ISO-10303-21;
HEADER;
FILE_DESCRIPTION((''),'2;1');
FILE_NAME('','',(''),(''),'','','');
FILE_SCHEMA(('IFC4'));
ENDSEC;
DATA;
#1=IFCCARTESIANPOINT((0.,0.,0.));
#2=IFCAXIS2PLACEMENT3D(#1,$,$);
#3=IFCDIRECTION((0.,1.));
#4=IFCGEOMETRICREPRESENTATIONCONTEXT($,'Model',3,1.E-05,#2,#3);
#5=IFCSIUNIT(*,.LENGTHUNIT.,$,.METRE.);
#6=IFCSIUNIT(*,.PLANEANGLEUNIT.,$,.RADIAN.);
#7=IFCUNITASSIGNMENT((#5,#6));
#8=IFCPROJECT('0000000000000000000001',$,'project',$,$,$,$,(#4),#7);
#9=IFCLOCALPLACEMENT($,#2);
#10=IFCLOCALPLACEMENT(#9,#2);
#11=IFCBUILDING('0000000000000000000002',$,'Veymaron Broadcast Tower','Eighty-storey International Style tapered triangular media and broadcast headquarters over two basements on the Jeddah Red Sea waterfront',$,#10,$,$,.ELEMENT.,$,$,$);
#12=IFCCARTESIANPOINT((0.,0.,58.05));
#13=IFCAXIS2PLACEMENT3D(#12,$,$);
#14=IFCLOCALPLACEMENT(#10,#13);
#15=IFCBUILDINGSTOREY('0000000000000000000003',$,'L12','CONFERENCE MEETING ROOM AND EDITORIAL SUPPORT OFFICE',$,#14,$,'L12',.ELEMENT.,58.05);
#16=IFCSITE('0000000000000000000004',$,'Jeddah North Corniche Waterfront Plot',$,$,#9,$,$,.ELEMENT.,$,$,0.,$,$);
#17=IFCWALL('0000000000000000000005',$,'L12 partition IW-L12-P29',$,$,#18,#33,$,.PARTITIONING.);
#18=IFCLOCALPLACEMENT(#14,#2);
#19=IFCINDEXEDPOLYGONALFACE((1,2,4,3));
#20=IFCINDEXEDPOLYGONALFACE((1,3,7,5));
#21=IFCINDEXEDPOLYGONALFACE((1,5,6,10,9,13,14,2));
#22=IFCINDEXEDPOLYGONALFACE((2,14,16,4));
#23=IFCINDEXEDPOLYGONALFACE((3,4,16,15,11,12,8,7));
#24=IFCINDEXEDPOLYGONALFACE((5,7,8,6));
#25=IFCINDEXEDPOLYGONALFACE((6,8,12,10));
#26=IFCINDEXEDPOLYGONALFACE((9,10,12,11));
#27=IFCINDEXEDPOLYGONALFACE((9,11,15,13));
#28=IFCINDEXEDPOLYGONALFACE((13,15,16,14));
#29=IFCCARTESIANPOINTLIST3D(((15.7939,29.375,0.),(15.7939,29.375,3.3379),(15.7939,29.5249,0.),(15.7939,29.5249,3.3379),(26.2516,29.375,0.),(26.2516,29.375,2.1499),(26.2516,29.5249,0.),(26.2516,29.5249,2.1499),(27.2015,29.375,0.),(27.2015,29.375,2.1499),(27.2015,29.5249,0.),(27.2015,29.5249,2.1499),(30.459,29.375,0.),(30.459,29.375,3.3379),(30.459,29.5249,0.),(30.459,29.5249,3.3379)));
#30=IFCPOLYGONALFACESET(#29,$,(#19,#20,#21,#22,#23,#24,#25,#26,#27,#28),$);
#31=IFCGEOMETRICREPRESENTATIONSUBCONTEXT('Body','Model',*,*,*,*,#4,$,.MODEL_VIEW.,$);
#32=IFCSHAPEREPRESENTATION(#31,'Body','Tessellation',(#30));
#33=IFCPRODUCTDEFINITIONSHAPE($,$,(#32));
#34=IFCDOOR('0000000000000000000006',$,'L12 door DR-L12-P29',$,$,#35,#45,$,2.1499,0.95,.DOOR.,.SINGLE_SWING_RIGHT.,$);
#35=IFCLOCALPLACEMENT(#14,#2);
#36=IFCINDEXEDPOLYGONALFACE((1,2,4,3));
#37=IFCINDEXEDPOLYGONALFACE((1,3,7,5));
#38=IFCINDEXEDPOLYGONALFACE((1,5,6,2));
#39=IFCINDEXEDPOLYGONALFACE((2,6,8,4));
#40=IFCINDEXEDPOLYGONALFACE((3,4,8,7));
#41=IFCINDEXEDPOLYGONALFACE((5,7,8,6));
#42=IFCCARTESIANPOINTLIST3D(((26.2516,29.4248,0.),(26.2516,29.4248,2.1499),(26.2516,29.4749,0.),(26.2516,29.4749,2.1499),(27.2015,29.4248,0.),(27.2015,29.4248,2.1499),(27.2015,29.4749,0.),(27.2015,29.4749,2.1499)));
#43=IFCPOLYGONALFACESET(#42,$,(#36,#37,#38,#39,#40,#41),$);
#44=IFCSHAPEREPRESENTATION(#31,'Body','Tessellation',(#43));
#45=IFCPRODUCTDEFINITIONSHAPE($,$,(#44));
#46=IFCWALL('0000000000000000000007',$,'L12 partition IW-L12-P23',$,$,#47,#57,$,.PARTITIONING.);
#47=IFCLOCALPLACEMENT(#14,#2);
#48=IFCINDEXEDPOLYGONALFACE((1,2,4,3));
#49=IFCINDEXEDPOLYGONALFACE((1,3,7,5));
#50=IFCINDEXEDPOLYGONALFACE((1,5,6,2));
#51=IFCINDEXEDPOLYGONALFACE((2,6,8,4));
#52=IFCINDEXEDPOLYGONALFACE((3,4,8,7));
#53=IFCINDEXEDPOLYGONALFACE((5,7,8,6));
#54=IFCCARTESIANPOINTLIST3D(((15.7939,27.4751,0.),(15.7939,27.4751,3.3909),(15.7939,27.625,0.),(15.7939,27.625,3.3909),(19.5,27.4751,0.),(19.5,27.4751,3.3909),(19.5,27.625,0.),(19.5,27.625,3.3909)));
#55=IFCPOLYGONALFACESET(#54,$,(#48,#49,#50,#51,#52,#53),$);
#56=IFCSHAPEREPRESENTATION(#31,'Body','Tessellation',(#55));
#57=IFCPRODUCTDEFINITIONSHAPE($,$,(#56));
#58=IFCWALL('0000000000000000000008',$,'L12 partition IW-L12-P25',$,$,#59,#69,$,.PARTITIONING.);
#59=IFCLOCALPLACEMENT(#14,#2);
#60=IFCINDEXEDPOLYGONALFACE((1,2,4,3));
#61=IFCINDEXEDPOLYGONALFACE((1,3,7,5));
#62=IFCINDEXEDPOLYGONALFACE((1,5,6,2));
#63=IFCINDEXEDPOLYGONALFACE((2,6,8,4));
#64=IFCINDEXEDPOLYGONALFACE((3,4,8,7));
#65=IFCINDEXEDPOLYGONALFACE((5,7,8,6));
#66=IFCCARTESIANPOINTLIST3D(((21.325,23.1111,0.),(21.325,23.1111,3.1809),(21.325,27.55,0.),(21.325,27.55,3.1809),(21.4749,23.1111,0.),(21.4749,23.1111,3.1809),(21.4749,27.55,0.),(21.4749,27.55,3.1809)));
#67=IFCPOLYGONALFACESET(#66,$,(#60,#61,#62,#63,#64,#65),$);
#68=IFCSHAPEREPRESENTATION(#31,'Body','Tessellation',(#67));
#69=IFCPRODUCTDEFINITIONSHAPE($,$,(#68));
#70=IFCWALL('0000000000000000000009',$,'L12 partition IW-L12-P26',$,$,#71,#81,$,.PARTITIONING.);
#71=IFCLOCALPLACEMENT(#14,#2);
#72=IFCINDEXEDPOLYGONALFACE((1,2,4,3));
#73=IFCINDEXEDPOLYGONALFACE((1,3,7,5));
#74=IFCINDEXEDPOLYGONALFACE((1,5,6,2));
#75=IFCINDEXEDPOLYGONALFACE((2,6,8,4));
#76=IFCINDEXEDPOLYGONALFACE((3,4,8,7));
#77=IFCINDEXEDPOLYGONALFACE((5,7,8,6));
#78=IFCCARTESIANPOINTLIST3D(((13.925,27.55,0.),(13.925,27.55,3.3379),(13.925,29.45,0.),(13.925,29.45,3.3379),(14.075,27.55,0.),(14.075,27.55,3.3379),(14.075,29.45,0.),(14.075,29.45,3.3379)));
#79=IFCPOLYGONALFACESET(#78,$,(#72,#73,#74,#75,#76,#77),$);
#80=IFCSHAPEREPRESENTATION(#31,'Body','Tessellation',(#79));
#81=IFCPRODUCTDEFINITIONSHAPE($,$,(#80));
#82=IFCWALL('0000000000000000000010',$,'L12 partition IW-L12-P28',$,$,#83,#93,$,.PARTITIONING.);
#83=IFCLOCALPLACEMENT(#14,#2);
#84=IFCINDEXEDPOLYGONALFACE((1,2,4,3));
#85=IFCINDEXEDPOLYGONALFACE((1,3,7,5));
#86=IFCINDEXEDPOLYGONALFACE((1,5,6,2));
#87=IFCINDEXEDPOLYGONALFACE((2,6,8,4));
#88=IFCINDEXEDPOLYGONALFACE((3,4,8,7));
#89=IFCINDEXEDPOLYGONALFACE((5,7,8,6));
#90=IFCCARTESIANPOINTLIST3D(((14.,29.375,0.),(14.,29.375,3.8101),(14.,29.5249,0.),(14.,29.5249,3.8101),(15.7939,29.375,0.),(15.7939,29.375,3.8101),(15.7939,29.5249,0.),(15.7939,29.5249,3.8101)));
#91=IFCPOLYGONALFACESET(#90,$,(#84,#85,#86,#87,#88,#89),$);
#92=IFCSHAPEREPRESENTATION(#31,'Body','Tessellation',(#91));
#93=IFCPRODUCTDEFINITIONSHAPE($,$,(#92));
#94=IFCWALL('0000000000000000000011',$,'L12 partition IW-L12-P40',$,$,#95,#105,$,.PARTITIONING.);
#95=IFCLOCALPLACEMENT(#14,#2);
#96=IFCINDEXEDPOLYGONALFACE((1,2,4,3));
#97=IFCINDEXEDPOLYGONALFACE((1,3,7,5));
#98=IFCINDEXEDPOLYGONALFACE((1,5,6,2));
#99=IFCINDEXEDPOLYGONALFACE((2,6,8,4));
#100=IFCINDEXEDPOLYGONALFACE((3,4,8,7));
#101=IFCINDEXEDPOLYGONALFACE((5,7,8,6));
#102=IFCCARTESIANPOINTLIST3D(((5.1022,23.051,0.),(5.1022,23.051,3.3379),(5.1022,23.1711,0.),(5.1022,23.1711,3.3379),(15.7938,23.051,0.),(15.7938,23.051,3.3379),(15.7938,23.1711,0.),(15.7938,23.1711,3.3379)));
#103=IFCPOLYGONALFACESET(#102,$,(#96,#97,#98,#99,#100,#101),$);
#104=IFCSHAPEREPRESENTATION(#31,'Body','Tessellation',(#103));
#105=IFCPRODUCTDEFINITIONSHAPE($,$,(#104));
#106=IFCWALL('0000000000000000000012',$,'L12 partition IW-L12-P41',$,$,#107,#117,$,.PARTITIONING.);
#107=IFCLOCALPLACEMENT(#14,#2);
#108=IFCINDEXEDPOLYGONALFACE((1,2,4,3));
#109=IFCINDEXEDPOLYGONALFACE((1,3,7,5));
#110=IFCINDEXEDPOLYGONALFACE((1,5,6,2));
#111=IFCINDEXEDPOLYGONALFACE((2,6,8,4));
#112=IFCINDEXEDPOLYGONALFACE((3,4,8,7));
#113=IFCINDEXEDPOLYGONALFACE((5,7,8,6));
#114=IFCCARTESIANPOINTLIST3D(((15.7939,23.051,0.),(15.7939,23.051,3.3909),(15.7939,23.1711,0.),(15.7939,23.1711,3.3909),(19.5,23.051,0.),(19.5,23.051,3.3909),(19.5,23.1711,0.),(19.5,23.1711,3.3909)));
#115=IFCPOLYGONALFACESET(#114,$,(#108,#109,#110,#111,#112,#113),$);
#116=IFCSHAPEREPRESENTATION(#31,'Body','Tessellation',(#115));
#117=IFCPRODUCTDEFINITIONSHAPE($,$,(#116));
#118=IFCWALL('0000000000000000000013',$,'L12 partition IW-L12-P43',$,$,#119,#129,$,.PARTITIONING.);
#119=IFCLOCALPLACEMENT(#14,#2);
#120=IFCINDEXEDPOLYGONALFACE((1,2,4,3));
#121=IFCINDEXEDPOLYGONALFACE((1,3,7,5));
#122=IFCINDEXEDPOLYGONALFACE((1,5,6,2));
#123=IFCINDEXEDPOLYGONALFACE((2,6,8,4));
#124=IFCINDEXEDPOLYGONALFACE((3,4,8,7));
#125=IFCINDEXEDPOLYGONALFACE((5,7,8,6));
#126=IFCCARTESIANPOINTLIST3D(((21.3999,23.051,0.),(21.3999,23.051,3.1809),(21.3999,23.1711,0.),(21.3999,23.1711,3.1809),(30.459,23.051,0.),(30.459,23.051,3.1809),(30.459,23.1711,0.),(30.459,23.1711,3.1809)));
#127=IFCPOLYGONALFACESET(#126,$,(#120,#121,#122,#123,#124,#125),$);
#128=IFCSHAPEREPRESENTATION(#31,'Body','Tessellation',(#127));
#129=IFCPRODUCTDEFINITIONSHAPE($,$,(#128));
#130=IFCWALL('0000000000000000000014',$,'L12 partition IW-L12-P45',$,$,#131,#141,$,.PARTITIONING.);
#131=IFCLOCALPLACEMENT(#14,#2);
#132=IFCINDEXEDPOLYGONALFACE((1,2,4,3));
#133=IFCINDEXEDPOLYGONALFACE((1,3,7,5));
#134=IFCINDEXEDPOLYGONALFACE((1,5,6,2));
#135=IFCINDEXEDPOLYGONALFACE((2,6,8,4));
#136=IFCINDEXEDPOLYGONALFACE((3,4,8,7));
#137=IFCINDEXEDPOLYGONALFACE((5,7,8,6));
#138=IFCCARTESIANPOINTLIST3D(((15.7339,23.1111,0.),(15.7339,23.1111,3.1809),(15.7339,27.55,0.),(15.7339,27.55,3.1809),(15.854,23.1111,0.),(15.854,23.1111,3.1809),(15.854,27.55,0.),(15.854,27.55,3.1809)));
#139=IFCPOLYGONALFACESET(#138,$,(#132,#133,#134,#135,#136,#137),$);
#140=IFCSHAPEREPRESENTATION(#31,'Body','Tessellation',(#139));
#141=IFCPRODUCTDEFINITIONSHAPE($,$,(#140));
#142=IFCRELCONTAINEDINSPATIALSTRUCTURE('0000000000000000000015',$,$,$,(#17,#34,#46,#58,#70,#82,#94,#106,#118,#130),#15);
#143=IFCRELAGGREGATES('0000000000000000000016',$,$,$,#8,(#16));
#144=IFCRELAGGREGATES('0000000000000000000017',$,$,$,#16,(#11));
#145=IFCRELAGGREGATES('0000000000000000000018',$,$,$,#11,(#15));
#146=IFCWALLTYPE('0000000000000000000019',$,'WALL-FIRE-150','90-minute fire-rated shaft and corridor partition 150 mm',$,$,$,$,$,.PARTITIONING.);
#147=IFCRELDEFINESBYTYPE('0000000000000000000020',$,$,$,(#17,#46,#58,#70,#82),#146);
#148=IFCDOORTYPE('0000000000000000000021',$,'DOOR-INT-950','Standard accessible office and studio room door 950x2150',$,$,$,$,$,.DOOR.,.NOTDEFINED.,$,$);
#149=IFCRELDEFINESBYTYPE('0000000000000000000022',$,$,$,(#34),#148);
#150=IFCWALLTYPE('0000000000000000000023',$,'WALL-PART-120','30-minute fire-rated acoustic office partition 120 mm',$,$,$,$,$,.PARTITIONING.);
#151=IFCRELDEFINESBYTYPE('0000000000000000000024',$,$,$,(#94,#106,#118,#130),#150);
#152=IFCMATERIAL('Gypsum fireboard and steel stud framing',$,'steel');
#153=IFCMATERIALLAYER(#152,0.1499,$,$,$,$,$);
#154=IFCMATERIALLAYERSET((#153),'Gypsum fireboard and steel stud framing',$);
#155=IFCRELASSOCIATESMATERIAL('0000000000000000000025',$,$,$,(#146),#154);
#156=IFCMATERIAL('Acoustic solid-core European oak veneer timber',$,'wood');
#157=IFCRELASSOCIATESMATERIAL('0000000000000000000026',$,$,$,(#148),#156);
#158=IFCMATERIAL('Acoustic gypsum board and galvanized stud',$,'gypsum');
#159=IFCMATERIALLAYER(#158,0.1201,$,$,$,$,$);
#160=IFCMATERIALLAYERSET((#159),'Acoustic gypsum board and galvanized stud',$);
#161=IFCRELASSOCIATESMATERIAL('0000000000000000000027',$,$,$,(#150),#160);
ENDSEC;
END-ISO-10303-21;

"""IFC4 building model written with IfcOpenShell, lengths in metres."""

from ifc_helpers import new_model, si_unit, direction, frame, frame_2d, origin, place, context, subcontext, project, spatial, rectangle, extrude, material, layer, layer_set, type_object, element, fill, save


model = new_model("IFC4")

# Units and contexts
model_context = context("Model", 3, precision=1e-05, world=origin(), true_north=direction((0.0, 1.0)))
body_context = subcontext(model_context, "Body", "Model", "MODEL_VIEW")
ifc_project = project(units=[si_unit("LENGTHUNIT", "METRE"), si_unit("PLANEANGLEUNIT", "RADIAN")], contexts=[model_context])

# Site, building, storey
site_placement = place(None, origin())
site = spatial("IfcSite", under=ifc_project, at=site_placement, Name="Jeddah North Corniche Waterfront Plot", CompositionType="ELEMENT", RefElevation=0.0)
building_placement = place(site_placement, origin())
building = spatial("IfcBuilding", under=site, at=building_placement, Name="Veymaron Broadcast Tower", Description="Eighty-storey International Style tapered triangular media and broadcast headquarters over two basements on the Jeddah Red Sea waterfront", CompositionType="ELEMENT")
storey_placement = place(building_placement, frame((0.0, 0.0, 58.05)))
storey = spatial("IfcBuildingStorey", under=building, at=storey_placement, Name="L12", Description="CONFERENCE MEETING ROOM AND EDITORIAL SUPPORT OFFICE", LongName="L12", CompositionType="ELEMENT", Elevation=58.05)

# Wall, opening, door
ifc_material_1 = material(Name="Gypsum fireboard and steel stud framing", Category="steel")
ifc_layer_1 = layer(ifc_material_1, 0.1499)
ifc_layer_set_1 = layer_set([ifc_layer_1], Name="Gypsum fireboard and steel stud framing")
wall_type_1 = type_object("IfcWallType", Name="WALL-FIRE-150", Description="90-minute fire-rated shaft and corridor partition 150 mm", PredefinedType="PARTITIONING", material=ifc_layer_set_1)
ifc_material_2 = material(Name="Acoustic solid-core European oak veneer timber", Category="wood")
door_type = type_object("IfcDoorType", Name="DOOR-INT-950", Description="Standard accessible office and studio room door 950x2150", OperationType="NOTDEFINED", PredefinedType="DOOR", material=ifc_material_2)
wall_1_placement = place(storey_placement, frame((15.7939, 29.45, 0.0), z_axis=(0.0, 0.0, 1.0), x_axis=(1.0, 0.0, 0.0)))
wall_1 = element("IfcWall", 1, at=wall_1_placement, inside=storey, type_object=wall_type_1, Name="L12 partition IW-L12-P29", PredefinedType="PARTITIONING", context=body_context, shape_type="SweptSolid", body=[
    extrude(rectangle(XDim=14.665, YDim=0.1499, at=frame_2d((7.3325, 0.0))), origin(), (0.0, 0.0, 1.0), 3.3379),
])
opening_1_placement = place(wall_1_placement, frame((10.4575, 0.0, 0.0)))
opening_1 = element("IfcOpeningElement", 2, at=opening_1_placement, cuts=wall_1, PredefinedType="OPENING", context=body_context, shape_type="SweptSolid", body=[
    extrude(rectangle(XDim=0.95, YDim=2.1499, at=frame_2d((0.4751, 1.075))), frame((0.0, 0.085, 0.0), z_axis=(0.0, -1.0, 0.0), x_axis=(1.0, 0.0, 0.0)), (0.0, 0.0, 1.0), 0.1699),
])
door_1_placement = place(opening_1_placement, origin())
door_1 = element("IfcDoor", 3, at=door_1_placement, inside=storey, type_object=door_type, Name="L12 door DR-L12-P29", OperationType="SINGLE_SWING_RIGHT", OverallHeight=2.1499, OverallWidth=0.95, PredefinedType="DOOR", context=body_context, shape_type="SweptSolid", body=[
    extrude(rectangle(XDim=0.95, YDim=2.1499, at=frame_2d((0.4751, 1.075))), frame((0.0, 0.0249, 0.0), z_axis=(0.0, -1.0, 0.0), x_axis=(1.0, 0.0, 0.0)), (0.0, 0.0, 1.0), 0.05),
])
fill(opening_1, door_1)

# Walls
wall_2_placement = place(storey_placement, frame((15.7939, 27.55, 0.0), z_axis=(0.0, 0.0, 1.0), x_axis=(1.0, 0.0, 0.0)))
element("IfcWall", 4, at=wall_2_placement, inside=storey, type_object=wall_type_1, Name="L12 partition IW-L12-P23", PredefinedType="PARTITIONING", context=body_context, shape_type="SweptSolid", body=[
    extrude(rectangle(XDim=3.7061, YDim=0.1499, at=frame_2d((1.853, 0.0))), origin(), (0.0, 0.0, 1.0), 3.3909),
])
wall_3_placement = place(storey_placement, frame((21.3999, 23.1111, 0.0), z_axis=(0.0, 0.0, 1.0), x_axis=(0.0, 1.0, 0.0)))
element("IfcWall", 5, at=wall_3_placement, inside=storey, type_object=wall_type_1, Name="L12 partition IW-L12-P25", PredefinedType="PARTITIONING", context=body_context, shape_type="SweptSolid", body=[
    extrude(rectangle(XDim=4.439, YDim=0.1499, at=frame_2d((2.2195, 0.0))), origin(), (0.0, 0.0, 1.0), 3.1809),
])
wall_4_placement = place(storey_placement, frame((14.0, 27.55, 0.0), z_axis=(0.0, 0.0, 1.0), x_axis=(0.0, 1.0, 0.0)))
element("IfcWall", 6, at=wall_4_placement, inside=storey, type_object=wall_type_1, Name="L12 partition IW-L12-P26", PredefinedType="PARTITIONING", context=body_context, shape_type="SweptSolid", body=[
    extrude(rectangle(XDim=1.8999, YDim=0.1499, at=frame_2d((0.95, 0.0))), origin(), (0.0, 0.0, 1.0), 3.3379),
])
wall_5_placement = place(storey_placement, frame((14.0, 29.45, 0.0), z_axis=(0.0, 0.0, 1.0), x_axis=(1.0, 0.0, 0.0)))
element("IfcWall", 7, at=wall_5_placement, inside=storey, type_object=wall_type_1, Name="L12 partition IW-L12-P28", PredefinedType="PARTITIONING", context=body_context, shape_type="SweptSolid", body=[
    extrude(rectangle(XDim=1.7939, YDim=0.1499, at=frame_2d((0.897, 0.0))), origin(), (0.0, 0.0, 1.0), 3.8101),
])
ifc_material_3 = material(Name="Acoustic gypsum board and galvanized stud", Category="gypsum")
ifc_layer_2 = layer(ifc_material_3, 0.1201)
ifc_layer_set_2 = layer_set([ifc_layer_2], Name="Acoustic gypsum board and galvanized stud")
wall_type_2 = type_object("IfcWallType", Name="WALL-PART-120", Description="30-minute fire-rated acoustic office partition 120 mm", PredefinedType="PARTITIONING", material=ifc_layer_set_2)
wall_6_placement = place(storey_placement, frame((5.1023, 23.1111, 0.0), z_axis=(0.0, 0.0, 1.0), x_axis=(1.0, 0.0, 0.0)))
element("IfcWall", 8, at=wall_6_placement, inside=storey, type_object=wall_type_2, Name="L12 partition IW-L12-P40", PredefinedType="PARTITIONING", context=body_context, shape_type="SweptSolid", body=[
    extrude(rectangle(XDim=10.6917, YDim=0.1201, at=frame_2d((5.3457, 0.0))), origin(), (0.0, 0.0, 1.0), 3.3379),
])
wall_7_placement = place(storey_placement, frame((15.7939, 23.1111, 0.0), z_axis=(0.0, 0.0, 1.0), x_axis=(1.0, 0.0, 0.0)))
element("IfcWall", 9, at=wall_7_placement, inside=storey, type_object=wall_type_2, Name="L12 partition IW-L12-P41", PredefinedType="PARTITIONING", context=body_context, shape_type="SweptSolid", body=[
    extrude(rectangle(XDim=3.7061, YDim=0.1201, at=frame_2d((1.853, 0.0))), origin(), (0.0, 0.0, 1.0), 3.3909),
])
wall_8_placement = place(storey_placement, frame((21.3999, 23.1111, 0.0), z_axis=(0.0, 0.0, 1.0), x_axis=(1.0, 0.0, 0.0)))
element("IfcWall", 10, at=wall_8_placement, inside=storey, type_object=wall_type_2, Name="L12 partition IW-L12-P43", PredefinedType="PARTITIONING", context=body_context, shape_type="SweptSolid", body=[
    extrude(rectangle(XDim=9.0591, YDim=0.1201, at=frame_2d((4.5295, 0.0))), origin(), (0.0, 0.0, 1.0), 3.1809),
])
wall_9_placement = place(storey_placement, frame((15.7939, 23.1111, 0.0), z_axis=(0.0, 0.0, 1.0), x_axis=(0.0, 1.0, 0.0)))
element("IfcWall", 11, at=wall_9_placement, inside=storey, type_object=wall_type_2, Name="L12 partition IW-L12-P45", PredefinedType="PARTITIONING", context=body_context, shape_type="SweptSolid", body=[
    extrude(rectangle(XDim=4.439, YDim=0.1201, at=frame_2d((2.2195, 0.0))), origin(), (0.0, 0.0, 1.0), 3.1809),
])

save(model, "model.ifc")
